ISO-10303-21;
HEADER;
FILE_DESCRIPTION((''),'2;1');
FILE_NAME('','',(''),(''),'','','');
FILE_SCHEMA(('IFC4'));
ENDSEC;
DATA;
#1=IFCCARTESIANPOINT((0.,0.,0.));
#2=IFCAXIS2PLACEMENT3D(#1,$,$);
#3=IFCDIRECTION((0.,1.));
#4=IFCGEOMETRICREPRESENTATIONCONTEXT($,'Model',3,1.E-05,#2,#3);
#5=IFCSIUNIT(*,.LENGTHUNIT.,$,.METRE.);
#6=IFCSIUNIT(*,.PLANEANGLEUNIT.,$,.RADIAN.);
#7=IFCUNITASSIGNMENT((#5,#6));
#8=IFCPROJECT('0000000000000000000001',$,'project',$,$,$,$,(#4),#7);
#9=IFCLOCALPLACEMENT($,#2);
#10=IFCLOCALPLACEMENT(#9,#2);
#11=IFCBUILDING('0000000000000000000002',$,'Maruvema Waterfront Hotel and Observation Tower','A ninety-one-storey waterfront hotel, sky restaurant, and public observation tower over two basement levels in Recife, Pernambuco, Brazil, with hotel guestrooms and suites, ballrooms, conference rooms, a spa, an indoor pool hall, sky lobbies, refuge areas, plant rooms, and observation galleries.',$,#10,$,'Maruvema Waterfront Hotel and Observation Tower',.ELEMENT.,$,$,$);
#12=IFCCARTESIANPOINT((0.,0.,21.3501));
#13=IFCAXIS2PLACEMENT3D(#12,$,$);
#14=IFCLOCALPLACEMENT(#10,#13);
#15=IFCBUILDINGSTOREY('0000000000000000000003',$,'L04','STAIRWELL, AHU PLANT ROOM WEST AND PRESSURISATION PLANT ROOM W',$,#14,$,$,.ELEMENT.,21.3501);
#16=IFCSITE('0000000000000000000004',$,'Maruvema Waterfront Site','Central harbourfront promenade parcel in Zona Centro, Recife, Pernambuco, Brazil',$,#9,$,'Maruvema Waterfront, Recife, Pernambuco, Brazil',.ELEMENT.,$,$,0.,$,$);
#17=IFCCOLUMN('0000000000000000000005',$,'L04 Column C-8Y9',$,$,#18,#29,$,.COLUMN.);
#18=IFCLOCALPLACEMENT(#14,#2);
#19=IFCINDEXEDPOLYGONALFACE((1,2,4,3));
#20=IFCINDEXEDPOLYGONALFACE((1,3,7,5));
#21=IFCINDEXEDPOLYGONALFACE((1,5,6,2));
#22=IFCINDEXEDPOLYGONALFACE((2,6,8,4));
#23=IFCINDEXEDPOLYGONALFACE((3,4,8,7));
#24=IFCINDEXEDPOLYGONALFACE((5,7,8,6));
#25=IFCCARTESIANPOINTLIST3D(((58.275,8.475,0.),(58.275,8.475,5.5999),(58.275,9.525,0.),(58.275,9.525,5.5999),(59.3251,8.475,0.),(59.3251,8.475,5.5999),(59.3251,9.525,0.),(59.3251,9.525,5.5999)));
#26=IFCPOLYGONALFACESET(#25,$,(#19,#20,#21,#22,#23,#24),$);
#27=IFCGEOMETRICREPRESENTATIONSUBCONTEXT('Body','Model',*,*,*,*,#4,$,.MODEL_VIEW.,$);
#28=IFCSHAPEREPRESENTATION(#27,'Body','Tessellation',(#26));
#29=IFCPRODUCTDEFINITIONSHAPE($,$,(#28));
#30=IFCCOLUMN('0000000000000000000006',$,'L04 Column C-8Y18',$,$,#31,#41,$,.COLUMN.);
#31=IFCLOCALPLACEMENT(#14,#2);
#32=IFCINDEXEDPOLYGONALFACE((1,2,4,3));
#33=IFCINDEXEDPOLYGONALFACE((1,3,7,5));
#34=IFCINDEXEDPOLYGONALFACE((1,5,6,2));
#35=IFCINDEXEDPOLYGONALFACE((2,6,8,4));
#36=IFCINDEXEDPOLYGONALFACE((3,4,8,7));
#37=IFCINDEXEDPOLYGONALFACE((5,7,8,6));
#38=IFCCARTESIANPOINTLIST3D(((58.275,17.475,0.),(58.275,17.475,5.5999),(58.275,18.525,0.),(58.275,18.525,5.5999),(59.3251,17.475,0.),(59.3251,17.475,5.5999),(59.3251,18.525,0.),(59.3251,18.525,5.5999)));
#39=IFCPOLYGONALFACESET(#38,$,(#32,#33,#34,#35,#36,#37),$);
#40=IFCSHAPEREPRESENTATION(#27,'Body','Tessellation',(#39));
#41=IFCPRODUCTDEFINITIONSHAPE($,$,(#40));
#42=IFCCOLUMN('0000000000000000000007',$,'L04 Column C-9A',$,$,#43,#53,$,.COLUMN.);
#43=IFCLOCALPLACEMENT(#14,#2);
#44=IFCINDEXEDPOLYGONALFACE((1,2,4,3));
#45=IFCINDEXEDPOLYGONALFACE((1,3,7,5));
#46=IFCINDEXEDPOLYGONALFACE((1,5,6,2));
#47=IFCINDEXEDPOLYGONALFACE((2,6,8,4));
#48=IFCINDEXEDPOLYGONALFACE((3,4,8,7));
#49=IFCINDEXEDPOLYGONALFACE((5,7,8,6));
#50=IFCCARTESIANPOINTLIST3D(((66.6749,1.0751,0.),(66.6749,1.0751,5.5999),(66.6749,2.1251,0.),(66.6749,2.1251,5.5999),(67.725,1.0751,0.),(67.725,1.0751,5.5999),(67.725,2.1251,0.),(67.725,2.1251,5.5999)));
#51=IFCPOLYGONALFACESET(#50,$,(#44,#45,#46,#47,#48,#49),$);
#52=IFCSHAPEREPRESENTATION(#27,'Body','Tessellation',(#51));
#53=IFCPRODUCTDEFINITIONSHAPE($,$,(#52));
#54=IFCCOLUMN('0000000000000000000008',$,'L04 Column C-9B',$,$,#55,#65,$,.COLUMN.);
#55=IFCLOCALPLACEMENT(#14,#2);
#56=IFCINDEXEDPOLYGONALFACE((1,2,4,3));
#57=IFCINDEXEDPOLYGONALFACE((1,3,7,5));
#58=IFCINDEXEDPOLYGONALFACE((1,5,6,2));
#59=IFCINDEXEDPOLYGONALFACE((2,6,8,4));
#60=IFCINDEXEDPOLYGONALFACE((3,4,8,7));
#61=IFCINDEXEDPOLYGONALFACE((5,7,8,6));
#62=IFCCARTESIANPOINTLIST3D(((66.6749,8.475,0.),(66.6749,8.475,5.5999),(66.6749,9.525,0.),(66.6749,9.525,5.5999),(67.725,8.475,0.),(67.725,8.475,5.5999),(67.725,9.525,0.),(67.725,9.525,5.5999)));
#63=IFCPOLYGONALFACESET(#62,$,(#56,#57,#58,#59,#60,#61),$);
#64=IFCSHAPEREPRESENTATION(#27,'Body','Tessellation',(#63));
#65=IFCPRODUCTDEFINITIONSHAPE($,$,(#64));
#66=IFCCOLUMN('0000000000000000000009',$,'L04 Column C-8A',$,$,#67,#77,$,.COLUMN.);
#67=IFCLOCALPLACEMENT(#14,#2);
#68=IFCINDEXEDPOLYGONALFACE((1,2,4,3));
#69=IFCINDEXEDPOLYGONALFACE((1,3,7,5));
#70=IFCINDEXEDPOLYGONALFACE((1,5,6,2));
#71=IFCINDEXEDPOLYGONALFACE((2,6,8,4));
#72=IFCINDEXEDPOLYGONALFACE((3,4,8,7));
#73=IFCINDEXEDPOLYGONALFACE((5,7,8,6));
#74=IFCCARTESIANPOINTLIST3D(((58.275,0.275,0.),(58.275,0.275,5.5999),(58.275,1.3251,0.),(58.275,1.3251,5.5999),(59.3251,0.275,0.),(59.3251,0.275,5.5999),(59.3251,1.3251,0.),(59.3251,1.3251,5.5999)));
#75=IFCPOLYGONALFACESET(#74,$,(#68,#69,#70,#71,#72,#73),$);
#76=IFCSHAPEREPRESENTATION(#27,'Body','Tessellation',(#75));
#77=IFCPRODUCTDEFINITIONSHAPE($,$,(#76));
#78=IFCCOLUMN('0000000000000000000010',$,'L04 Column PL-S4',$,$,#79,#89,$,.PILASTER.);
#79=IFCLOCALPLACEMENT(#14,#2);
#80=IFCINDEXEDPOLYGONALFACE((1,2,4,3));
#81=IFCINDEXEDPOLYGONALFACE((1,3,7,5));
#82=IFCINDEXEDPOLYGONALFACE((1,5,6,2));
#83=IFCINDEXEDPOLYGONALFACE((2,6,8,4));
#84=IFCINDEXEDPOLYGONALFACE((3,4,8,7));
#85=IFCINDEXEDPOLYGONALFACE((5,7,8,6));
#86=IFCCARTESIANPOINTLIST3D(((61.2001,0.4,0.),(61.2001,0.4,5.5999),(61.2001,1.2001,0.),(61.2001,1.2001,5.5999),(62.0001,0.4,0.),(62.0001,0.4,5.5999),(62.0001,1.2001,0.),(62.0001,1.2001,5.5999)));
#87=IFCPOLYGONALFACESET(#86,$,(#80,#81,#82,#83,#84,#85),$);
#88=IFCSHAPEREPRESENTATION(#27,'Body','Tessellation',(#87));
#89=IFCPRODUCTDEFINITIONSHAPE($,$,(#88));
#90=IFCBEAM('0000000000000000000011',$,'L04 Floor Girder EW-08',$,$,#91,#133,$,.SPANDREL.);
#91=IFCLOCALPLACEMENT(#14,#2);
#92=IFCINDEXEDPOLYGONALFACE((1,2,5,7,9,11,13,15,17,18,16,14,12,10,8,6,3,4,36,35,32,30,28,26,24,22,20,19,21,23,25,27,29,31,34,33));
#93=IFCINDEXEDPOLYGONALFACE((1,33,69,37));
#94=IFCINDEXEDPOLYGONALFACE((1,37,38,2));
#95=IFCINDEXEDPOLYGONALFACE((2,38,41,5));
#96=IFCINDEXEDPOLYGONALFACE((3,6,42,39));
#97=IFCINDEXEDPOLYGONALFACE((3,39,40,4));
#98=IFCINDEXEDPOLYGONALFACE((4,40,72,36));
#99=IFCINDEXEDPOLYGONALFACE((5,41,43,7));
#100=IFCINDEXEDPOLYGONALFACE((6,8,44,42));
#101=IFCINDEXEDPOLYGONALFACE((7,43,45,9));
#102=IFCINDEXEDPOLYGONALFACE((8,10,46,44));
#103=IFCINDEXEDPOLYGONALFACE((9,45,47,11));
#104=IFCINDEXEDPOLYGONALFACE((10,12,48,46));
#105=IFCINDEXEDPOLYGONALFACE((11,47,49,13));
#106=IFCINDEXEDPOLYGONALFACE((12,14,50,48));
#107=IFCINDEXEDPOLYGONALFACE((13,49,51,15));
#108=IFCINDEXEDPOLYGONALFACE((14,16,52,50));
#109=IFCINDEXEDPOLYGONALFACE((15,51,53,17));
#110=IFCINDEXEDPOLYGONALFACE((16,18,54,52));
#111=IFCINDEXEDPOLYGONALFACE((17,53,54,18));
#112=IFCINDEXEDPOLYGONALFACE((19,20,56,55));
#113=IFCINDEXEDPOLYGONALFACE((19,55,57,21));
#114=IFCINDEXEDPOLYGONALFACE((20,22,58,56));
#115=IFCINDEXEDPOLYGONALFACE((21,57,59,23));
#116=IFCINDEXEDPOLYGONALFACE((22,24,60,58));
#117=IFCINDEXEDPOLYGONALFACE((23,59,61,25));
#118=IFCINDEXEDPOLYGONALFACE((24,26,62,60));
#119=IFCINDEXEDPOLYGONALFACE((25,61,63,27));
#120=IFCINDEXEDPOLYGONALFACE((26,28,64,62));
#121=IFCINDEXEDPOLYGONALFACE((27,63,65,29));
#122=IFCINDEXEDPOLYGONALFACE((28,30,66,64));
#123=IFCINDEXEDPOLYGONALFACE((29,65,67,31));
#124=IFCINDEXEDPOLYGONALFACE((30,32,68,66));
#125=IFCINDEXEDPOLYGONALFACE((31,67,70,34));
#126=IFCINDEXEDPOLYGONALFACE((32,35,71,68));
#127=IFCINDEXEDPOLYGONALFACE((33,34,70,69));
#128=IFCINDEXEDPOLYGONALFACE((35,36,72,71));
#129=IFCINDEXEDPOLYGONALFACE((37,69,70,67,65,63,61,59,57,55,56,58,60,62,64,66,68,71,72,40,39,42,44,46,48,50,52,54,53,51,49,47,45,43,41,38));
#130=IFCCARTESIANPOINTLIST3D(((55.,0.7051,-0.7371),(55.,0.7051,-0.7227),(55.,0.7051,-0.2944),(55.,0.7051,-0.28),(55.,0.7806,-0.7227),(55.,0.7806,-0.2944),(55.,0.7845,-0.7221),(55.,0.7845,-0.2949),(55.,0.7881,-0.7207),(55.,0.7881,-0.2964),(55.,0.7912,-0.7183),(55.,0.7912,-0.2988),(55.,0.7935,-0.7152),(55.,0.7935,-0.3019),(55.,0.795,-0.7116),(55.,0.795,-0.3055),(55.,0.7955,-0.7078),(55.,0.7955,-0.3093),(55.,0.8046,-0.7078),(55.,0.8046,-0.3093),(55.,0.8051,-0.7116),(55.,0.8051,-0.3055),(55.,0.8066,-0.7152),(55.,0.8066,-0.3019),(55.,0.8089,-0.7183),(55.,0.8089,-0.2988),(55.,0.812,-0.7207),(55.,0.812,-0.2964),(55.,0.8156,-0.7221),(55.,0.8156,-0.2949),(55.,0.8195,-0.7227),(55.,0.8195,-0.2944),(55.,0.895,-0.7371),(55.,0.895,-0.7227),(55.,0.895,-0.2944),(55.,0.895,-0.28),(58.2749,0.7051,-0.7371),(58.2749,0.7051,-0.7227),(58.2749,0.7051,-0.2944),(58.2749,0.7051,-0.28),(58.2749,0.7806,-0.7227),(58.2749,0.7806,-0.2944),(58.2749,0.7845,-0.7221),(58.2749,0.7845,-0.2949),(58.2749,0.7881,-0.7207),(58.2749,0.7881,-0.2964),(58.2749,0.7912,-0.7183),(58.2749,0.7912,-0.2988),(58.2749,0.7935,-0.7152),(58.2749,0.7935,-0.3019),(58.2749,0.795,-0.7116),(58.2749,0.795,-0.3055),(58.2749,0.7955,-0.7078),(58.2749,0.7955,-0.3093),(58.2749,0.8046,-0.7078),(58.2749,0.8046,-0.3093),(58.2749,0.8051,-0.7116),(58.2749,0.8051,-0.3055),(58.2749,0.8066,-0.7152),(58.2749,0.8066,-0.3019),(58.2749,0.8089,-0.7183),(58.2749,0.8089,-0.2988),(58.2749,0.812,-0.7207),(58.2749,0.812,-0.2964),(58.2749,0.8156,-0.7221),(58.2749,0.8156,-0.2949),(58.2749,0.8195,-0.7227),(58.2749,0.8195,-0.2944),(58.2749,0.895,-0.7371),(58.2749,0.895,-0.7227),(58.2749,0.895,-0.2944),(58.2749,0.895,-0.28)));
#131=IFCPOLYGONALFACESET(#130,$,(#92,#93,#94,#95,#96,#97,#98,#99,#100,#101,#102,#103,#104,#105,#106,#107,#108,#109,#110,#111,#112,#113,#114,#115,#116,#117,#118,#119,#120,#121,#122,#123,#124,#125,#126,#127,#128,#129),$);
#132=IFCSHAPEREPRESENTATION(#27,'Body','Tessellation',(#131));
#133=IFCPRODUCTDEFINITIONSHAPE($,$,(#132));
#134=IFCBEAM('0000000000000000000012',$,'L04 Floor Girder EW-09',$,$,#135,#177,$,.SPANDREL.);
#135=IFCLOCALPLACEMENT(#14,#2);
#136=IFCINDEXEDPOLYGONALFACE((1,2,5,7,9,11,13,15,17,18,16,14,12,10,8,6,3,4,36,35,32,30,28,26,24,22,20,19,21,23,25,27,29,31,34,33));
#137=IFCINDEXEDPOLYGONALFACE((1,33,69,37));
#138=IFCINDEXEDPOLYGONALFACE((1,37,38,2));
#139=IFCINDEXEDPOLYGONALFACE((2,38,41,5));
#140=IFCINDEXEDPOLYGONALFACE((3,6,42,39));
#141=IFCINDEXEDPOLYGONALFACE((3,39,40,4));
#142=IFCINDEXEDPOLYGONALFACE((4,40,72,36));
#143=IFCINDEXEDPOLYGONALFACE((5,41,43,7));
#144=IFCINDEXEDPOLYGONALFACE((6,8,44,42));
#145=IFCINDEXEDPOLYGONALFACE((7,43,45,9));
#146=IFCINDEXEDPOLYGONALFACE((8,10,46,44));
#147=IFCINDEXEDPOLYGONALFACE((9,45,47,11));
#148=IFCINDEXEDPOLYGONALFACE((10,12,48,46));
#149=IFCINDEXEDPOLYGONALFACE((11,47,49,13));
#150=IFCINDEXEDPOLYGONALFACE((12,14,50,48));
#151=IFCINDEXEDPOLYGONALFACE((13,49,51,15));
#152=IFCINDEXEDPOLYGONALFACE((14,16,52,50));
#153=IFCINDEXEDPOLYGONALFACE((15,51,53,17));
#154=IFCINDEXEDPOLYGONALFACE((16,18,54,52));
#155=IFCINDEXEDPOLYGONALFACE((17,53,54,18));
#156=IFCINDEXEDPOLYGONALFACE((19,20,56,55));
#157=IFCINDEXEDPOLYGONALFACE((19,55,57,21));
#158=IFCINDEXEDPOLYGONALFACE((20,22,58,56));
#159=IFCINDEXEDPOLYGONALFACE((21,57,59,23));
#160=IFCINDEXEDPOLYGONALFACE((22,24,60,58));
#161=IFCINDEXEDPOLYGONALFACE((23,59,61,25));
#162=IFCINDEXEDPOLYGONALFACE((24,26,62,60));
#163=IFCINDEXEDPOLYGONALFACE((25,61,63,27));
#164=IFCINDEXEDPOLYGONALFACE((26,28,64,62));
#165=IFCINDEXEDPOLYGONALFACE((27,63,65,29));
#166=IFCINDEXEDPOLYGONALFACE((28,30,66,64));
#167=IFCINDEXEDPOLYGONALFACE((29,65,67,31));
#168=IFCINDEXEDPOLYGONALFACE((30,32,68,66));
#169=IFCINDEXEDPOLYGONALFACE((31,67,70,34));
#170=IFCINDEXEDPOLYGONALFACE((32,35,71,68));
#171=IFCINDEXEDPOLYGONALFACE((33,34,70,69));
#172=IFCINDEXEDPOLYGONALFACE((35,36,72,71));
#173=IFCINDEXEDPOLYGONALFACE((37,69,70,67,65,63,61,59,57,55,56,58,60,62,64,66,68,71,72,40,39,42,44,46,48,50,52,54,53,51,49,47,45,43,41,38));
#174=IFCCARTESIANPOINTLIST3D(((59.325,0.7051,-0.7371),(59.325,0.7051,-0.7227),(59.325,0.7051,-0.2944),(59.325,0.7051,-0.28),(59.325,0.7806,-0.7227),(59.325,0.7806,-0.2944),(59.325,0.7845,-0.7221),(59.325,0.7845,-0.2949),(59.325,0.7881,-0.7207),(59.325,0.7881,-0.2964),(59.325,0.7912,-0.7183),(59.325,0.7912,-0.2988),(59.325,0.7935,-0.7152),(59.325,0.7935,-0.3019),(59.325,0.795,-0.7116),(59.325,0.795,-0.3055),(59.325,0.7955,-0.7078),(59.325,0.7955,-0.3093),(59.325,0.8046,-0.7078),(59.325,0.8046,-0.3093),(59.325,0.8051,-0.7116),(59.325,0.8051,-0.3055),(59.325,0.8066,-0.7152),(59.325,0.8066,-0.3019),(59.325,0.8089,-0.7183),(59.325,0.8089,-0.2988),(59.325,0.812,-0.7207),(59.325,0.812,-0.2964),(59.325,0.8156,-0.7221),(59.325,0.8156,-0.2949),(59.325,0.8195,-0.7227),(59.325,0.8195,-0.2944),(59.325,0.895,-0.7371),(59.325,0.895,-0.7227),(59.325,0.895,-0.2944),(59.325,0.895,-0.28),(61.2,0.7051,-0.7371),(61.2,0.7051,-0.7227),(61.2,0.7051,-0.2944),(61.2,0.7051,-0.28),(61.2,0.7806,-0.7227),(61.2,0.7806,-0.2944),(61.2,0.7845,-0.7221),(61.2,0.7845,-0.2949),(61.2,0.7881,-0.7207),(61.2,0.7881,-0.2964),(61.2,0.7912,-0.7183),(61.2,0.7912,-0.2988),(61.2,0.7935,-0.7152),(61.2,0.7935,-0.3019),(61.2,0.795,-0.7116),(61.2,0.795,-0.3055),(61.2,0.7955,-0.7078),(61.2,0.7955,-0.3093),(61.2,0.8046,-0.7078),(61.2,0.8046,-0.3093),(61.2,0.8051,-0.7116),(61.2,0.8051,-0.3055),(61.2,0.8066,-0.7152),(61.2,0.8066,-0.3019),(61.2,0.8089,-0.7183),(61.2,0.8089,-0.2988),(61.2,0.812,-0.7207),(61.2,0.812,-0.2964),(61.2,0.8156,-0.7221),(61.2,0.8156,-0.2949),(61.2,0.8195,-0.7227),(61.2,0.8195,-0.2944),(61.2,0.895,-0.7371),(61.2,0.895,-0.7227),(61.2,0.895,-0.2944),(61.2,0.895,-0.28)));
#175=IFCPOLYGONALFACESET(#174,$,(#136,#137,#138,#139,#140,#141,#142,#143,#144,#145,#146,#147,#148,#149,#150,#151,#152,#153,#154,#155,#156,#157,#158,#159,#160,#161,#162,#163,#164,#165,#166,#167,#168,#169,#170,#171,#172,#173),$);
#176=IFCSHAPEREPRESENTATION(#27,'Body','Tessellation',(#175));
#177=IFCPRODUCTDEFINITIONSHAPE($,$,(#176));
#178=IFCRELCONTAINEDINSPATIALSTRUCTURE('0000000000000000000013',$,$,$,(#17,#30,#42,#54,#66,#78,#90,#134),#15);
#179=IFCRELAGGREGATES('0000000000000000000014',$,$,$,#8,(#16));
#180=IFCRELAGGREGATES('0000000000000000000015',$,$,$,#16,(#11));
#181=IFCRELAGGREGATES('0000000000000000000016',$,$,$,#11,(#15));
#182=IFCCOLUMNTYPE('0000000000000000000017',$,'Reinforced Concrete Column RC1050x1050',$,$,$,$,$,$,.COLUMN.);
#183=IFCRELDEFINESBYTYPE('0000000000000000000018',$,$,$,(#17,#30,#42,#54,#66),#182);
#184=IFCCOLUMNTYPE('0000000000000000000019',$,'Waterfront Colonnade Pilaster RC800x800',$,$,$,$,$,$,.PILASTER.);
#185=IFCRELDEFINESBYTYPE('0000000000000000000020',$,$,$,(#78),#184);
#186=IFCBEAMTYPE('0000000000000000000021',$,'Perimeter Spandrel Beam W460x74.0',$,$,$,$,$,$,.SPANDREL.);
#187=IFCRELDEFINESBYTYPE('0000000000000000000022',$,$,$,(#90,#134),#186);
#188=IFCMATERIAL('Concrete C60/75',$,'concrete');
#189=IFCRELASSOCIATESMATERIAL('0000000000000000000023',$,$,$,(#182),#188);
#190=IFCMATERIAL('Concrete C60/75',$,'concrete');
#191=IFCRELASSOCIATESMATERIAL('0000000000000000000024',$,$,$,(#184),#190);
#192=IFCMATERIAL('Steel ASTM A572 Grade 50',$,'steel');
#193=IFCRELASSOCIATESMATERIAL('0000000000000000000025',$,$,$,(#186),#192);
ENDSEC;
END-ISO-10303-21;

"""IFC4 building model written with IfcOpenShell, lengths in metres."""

from ifc_helpers import new_model, si_unit, direction, frame, origin, origin_2d, place, context, subcontext, project, spatial, rectangle, i_section, extrude, material, material_profile, profile_set, type_object, element, save


model = new_model("IFC4")

# Units and contexts
model_context = context("Model", 3, precision=1e-05, world=origin(), true_north=direction((0.0, 1.0)))
body_context = subcontext(model_context, "Body", "Model", "MODEL_VIEW")
ifc_project = project(units=[si_unit("LENGTHUNIT", "METRE"), si_unit("PLANEANGLEUNIT", "RADIAN")], contexts=[model_context])

# Site, building, storey
site_placement = place(None, origin())
site = spatial("IfcSite", under=ifc_project, at=site_placement, Name="Maruvema Waterfront Site", Description="Central harbourfront promenade parcel in Zona Centro, Recife, Pernambuco, Brazil", LongName="Maruvema Waterfront, Recife, Pernambuco, Brazil", CompositionType="ELEMENT", RefElevation=0.0)
building_placement = place(site_placement, origin())
building = spatial("IfcBuilding", under=site, at=building_placement, Name="Maruvema Waterfront Hotel and Observation Tower", Description="A ninety-one-storey waterfront hotel, sky restaurant, and public observation tower over two basement levels in Recife, Pernambuco, Brazil, with hotel guestrooms and suites, ballrooms, conference rooms, a spa, an indoor pool hall, sky lobbies, refuge areas, plant rooms, and observation galleries.", LongName="Maruvema Waterfront Hotel and Observation Tower", CompositionType="ELEMENT")
storey_placement = place(building_placement, frame((0.0, 0.0, 21.3501)))
storey = spatial("IfcBuildingStorey", under=building, at=storey_placement, Name="L04", Description="STAIRWELL, AHU PLANT ROOM WEST AND PRESSURISATION PLANT ROOM W", CompositionType="ELEMENT", Elevation=21.3501)

# Columns
ifc_material_1 = material(Name="Concrete C60/75", Category="concrete")
ifc_material_profile_1 = material_profile(ifc_material_1, rectangle(XDim=1.05, YDim=1.05, at=origin_2d()), Name="RC1050x1050")
ifc_profile_set_1 = profile_set([ifc_material_profile_1], Name="Concrete C60/75")
column_type_1 = type_object("IfcColumnType", Name="Reinforced Concrete Column RC1050x1050", PredefinedType="COLUMN", material=ifc_profile_set_1)
for number, where, z_axis, x_axis, name in (
    (1, (58.8, 9.0, 0.0), (0.0, 0.0, 1.0), (1.0, 0.0, 0.0), "L04 Column C-8Y9"),
    (2, (58.8, 18.0, 0.0), (0.0, 0.0, 1.0), (1.0, 0.0, 0.0), "L04 Column C-8Y18"),
    (3, (67.2, 1.6001, 0.0), (0.0, 0.0, 1.0), (1.0, 0.0, 0.0), "L04 Column C-9A"),
    (4, (67.2, 9.0, 0.0), (0.0, 0.0, 1.0), (1.0, 0.0, 0.0), "L04 Column C-9B"),
    (5, (58.8, 0.8, 0.0), (0.0, 0.0, 1.0), (1.0, 0.0, 0.0), "L04 Column C-8A"),
):
    element("IfcColumn", number, at=place(storey_placement, frame(where, z_axis=z_axis, x_axis=x_axis)), inside=storey, type_object=column_type_1, Name=name, PredefinedType="COLUMN", context=body_context, shape_type="SweptSolid", body=[
        extrude(rectangle(XDim=1.05, YDim=1.05, at=origin_2d()), origin(), (0.0, 0.0, 1.0), 5.5999),
    ])
ifc_material_2 = material(Name="Concrete C60/75", Category="concrete")
ifc_material_profile_2 = material_profile(ifc_material_2, rectangle(XDim=0.8, YDim=0.8, at=origin_2d()), Name="RC800x800")
ifc_profile_set_2 = profile_set([ifc_material_profile_2], Name="Concrete C60/75")
column_type_2 = type_object("IfcColumnType", Name="Waterfront Colonnade Pilaster RC800x800", PredefinedType="PILASTER", material=ifc_profile_set_2)
column_placement = place(storey_placement, frame((61.6001, 0.8, 0.0), z_axis=(0.0, 0.0, 1.0), x_axis=(1.0, 0.0, 0.0)))
element("IfcColumn", 6, at=column_placement, inside=storey, type_object=column_type_2, Name="L04 Column PL-S4", PredefinedType="PILASTER", context=body_context, shape_type="SweptSolid", body=[
    extrude(rectangle(XDim=0.8, YDim=0.8, at=origin_2d()), origin(), (0.0, 0.0, 1.0), 5.5999),
])

# Beams
ifc_material_3 = material(Name="Steel ASTM A572 Grade 50", Category="steel")
ifc_material_profile_3 = material_profile(ifc_material_3, i_section(OverallWidth=0.1899, OverallDepth=0.457, WebThickness=0.009, FlangeThickness=0.0144, FilletRadius=0.0149, at=origin_2d()), Name="W460x74.0")
ifc_profile_set_3 = profile_set([ifc_material_profile_3], Name="Steel ASTM A572 Grade 50")
beam_type_1 = type_object("IfcBeamType", Name="Perimeter Spandrel Beam W460x74.0", PredefinedType="SPANDREL", material=ifc_profile_set_3)
beam_1_placement = place(storey_placement, frame((55.0, 0.8, -0.5085), z_axis=(1.0, 0.0, 0.0), x_axis=(0.0, 1.0, 0.0)))
element("IfcBeam", 7, at=beam_1_placement, inside=storey, type_object=beam_type_1, Name="L04 Floor Girder EW-08", PredefinedType="SPANDREL", context=body_context, shape_type="SweptSolid", body=[
    extrude(i_section(OverallWidth=0.1899, OverallDepth=0.457, WebThickness=0.009, FlangeThickness=0.0144, FilletRadius=0.0149, at=origin_2d()), origin(), (0.0, 0.0, 1.0), 3.2749),
])
beam_2_placement = place(storey_placement, frame((59.325, 0.8, -0.5085), z_axis=(1.0, 0.0, 0.0), x_axis=(0.0, 1.0, 0.0)))
element("IfcBeam", 8, at=beam_2_placement, inside=storey, type_object=beam_type_1, Name="L04 Floor Girder EW-09", PredefinedType="SPANDREL", context=body_context, shape_type="SweptSolid", body=[
    extrude(i_section(OverallWidth=0.1899, OverallDepth=0.457, WebThickness=0.009, FlangeThickness=0.0144, FilletRadius=0.0149, at=origin_2d()), origin(), (0.0, 0.0, 1.0), 1.875),
])

save(model, "model.ifc")
